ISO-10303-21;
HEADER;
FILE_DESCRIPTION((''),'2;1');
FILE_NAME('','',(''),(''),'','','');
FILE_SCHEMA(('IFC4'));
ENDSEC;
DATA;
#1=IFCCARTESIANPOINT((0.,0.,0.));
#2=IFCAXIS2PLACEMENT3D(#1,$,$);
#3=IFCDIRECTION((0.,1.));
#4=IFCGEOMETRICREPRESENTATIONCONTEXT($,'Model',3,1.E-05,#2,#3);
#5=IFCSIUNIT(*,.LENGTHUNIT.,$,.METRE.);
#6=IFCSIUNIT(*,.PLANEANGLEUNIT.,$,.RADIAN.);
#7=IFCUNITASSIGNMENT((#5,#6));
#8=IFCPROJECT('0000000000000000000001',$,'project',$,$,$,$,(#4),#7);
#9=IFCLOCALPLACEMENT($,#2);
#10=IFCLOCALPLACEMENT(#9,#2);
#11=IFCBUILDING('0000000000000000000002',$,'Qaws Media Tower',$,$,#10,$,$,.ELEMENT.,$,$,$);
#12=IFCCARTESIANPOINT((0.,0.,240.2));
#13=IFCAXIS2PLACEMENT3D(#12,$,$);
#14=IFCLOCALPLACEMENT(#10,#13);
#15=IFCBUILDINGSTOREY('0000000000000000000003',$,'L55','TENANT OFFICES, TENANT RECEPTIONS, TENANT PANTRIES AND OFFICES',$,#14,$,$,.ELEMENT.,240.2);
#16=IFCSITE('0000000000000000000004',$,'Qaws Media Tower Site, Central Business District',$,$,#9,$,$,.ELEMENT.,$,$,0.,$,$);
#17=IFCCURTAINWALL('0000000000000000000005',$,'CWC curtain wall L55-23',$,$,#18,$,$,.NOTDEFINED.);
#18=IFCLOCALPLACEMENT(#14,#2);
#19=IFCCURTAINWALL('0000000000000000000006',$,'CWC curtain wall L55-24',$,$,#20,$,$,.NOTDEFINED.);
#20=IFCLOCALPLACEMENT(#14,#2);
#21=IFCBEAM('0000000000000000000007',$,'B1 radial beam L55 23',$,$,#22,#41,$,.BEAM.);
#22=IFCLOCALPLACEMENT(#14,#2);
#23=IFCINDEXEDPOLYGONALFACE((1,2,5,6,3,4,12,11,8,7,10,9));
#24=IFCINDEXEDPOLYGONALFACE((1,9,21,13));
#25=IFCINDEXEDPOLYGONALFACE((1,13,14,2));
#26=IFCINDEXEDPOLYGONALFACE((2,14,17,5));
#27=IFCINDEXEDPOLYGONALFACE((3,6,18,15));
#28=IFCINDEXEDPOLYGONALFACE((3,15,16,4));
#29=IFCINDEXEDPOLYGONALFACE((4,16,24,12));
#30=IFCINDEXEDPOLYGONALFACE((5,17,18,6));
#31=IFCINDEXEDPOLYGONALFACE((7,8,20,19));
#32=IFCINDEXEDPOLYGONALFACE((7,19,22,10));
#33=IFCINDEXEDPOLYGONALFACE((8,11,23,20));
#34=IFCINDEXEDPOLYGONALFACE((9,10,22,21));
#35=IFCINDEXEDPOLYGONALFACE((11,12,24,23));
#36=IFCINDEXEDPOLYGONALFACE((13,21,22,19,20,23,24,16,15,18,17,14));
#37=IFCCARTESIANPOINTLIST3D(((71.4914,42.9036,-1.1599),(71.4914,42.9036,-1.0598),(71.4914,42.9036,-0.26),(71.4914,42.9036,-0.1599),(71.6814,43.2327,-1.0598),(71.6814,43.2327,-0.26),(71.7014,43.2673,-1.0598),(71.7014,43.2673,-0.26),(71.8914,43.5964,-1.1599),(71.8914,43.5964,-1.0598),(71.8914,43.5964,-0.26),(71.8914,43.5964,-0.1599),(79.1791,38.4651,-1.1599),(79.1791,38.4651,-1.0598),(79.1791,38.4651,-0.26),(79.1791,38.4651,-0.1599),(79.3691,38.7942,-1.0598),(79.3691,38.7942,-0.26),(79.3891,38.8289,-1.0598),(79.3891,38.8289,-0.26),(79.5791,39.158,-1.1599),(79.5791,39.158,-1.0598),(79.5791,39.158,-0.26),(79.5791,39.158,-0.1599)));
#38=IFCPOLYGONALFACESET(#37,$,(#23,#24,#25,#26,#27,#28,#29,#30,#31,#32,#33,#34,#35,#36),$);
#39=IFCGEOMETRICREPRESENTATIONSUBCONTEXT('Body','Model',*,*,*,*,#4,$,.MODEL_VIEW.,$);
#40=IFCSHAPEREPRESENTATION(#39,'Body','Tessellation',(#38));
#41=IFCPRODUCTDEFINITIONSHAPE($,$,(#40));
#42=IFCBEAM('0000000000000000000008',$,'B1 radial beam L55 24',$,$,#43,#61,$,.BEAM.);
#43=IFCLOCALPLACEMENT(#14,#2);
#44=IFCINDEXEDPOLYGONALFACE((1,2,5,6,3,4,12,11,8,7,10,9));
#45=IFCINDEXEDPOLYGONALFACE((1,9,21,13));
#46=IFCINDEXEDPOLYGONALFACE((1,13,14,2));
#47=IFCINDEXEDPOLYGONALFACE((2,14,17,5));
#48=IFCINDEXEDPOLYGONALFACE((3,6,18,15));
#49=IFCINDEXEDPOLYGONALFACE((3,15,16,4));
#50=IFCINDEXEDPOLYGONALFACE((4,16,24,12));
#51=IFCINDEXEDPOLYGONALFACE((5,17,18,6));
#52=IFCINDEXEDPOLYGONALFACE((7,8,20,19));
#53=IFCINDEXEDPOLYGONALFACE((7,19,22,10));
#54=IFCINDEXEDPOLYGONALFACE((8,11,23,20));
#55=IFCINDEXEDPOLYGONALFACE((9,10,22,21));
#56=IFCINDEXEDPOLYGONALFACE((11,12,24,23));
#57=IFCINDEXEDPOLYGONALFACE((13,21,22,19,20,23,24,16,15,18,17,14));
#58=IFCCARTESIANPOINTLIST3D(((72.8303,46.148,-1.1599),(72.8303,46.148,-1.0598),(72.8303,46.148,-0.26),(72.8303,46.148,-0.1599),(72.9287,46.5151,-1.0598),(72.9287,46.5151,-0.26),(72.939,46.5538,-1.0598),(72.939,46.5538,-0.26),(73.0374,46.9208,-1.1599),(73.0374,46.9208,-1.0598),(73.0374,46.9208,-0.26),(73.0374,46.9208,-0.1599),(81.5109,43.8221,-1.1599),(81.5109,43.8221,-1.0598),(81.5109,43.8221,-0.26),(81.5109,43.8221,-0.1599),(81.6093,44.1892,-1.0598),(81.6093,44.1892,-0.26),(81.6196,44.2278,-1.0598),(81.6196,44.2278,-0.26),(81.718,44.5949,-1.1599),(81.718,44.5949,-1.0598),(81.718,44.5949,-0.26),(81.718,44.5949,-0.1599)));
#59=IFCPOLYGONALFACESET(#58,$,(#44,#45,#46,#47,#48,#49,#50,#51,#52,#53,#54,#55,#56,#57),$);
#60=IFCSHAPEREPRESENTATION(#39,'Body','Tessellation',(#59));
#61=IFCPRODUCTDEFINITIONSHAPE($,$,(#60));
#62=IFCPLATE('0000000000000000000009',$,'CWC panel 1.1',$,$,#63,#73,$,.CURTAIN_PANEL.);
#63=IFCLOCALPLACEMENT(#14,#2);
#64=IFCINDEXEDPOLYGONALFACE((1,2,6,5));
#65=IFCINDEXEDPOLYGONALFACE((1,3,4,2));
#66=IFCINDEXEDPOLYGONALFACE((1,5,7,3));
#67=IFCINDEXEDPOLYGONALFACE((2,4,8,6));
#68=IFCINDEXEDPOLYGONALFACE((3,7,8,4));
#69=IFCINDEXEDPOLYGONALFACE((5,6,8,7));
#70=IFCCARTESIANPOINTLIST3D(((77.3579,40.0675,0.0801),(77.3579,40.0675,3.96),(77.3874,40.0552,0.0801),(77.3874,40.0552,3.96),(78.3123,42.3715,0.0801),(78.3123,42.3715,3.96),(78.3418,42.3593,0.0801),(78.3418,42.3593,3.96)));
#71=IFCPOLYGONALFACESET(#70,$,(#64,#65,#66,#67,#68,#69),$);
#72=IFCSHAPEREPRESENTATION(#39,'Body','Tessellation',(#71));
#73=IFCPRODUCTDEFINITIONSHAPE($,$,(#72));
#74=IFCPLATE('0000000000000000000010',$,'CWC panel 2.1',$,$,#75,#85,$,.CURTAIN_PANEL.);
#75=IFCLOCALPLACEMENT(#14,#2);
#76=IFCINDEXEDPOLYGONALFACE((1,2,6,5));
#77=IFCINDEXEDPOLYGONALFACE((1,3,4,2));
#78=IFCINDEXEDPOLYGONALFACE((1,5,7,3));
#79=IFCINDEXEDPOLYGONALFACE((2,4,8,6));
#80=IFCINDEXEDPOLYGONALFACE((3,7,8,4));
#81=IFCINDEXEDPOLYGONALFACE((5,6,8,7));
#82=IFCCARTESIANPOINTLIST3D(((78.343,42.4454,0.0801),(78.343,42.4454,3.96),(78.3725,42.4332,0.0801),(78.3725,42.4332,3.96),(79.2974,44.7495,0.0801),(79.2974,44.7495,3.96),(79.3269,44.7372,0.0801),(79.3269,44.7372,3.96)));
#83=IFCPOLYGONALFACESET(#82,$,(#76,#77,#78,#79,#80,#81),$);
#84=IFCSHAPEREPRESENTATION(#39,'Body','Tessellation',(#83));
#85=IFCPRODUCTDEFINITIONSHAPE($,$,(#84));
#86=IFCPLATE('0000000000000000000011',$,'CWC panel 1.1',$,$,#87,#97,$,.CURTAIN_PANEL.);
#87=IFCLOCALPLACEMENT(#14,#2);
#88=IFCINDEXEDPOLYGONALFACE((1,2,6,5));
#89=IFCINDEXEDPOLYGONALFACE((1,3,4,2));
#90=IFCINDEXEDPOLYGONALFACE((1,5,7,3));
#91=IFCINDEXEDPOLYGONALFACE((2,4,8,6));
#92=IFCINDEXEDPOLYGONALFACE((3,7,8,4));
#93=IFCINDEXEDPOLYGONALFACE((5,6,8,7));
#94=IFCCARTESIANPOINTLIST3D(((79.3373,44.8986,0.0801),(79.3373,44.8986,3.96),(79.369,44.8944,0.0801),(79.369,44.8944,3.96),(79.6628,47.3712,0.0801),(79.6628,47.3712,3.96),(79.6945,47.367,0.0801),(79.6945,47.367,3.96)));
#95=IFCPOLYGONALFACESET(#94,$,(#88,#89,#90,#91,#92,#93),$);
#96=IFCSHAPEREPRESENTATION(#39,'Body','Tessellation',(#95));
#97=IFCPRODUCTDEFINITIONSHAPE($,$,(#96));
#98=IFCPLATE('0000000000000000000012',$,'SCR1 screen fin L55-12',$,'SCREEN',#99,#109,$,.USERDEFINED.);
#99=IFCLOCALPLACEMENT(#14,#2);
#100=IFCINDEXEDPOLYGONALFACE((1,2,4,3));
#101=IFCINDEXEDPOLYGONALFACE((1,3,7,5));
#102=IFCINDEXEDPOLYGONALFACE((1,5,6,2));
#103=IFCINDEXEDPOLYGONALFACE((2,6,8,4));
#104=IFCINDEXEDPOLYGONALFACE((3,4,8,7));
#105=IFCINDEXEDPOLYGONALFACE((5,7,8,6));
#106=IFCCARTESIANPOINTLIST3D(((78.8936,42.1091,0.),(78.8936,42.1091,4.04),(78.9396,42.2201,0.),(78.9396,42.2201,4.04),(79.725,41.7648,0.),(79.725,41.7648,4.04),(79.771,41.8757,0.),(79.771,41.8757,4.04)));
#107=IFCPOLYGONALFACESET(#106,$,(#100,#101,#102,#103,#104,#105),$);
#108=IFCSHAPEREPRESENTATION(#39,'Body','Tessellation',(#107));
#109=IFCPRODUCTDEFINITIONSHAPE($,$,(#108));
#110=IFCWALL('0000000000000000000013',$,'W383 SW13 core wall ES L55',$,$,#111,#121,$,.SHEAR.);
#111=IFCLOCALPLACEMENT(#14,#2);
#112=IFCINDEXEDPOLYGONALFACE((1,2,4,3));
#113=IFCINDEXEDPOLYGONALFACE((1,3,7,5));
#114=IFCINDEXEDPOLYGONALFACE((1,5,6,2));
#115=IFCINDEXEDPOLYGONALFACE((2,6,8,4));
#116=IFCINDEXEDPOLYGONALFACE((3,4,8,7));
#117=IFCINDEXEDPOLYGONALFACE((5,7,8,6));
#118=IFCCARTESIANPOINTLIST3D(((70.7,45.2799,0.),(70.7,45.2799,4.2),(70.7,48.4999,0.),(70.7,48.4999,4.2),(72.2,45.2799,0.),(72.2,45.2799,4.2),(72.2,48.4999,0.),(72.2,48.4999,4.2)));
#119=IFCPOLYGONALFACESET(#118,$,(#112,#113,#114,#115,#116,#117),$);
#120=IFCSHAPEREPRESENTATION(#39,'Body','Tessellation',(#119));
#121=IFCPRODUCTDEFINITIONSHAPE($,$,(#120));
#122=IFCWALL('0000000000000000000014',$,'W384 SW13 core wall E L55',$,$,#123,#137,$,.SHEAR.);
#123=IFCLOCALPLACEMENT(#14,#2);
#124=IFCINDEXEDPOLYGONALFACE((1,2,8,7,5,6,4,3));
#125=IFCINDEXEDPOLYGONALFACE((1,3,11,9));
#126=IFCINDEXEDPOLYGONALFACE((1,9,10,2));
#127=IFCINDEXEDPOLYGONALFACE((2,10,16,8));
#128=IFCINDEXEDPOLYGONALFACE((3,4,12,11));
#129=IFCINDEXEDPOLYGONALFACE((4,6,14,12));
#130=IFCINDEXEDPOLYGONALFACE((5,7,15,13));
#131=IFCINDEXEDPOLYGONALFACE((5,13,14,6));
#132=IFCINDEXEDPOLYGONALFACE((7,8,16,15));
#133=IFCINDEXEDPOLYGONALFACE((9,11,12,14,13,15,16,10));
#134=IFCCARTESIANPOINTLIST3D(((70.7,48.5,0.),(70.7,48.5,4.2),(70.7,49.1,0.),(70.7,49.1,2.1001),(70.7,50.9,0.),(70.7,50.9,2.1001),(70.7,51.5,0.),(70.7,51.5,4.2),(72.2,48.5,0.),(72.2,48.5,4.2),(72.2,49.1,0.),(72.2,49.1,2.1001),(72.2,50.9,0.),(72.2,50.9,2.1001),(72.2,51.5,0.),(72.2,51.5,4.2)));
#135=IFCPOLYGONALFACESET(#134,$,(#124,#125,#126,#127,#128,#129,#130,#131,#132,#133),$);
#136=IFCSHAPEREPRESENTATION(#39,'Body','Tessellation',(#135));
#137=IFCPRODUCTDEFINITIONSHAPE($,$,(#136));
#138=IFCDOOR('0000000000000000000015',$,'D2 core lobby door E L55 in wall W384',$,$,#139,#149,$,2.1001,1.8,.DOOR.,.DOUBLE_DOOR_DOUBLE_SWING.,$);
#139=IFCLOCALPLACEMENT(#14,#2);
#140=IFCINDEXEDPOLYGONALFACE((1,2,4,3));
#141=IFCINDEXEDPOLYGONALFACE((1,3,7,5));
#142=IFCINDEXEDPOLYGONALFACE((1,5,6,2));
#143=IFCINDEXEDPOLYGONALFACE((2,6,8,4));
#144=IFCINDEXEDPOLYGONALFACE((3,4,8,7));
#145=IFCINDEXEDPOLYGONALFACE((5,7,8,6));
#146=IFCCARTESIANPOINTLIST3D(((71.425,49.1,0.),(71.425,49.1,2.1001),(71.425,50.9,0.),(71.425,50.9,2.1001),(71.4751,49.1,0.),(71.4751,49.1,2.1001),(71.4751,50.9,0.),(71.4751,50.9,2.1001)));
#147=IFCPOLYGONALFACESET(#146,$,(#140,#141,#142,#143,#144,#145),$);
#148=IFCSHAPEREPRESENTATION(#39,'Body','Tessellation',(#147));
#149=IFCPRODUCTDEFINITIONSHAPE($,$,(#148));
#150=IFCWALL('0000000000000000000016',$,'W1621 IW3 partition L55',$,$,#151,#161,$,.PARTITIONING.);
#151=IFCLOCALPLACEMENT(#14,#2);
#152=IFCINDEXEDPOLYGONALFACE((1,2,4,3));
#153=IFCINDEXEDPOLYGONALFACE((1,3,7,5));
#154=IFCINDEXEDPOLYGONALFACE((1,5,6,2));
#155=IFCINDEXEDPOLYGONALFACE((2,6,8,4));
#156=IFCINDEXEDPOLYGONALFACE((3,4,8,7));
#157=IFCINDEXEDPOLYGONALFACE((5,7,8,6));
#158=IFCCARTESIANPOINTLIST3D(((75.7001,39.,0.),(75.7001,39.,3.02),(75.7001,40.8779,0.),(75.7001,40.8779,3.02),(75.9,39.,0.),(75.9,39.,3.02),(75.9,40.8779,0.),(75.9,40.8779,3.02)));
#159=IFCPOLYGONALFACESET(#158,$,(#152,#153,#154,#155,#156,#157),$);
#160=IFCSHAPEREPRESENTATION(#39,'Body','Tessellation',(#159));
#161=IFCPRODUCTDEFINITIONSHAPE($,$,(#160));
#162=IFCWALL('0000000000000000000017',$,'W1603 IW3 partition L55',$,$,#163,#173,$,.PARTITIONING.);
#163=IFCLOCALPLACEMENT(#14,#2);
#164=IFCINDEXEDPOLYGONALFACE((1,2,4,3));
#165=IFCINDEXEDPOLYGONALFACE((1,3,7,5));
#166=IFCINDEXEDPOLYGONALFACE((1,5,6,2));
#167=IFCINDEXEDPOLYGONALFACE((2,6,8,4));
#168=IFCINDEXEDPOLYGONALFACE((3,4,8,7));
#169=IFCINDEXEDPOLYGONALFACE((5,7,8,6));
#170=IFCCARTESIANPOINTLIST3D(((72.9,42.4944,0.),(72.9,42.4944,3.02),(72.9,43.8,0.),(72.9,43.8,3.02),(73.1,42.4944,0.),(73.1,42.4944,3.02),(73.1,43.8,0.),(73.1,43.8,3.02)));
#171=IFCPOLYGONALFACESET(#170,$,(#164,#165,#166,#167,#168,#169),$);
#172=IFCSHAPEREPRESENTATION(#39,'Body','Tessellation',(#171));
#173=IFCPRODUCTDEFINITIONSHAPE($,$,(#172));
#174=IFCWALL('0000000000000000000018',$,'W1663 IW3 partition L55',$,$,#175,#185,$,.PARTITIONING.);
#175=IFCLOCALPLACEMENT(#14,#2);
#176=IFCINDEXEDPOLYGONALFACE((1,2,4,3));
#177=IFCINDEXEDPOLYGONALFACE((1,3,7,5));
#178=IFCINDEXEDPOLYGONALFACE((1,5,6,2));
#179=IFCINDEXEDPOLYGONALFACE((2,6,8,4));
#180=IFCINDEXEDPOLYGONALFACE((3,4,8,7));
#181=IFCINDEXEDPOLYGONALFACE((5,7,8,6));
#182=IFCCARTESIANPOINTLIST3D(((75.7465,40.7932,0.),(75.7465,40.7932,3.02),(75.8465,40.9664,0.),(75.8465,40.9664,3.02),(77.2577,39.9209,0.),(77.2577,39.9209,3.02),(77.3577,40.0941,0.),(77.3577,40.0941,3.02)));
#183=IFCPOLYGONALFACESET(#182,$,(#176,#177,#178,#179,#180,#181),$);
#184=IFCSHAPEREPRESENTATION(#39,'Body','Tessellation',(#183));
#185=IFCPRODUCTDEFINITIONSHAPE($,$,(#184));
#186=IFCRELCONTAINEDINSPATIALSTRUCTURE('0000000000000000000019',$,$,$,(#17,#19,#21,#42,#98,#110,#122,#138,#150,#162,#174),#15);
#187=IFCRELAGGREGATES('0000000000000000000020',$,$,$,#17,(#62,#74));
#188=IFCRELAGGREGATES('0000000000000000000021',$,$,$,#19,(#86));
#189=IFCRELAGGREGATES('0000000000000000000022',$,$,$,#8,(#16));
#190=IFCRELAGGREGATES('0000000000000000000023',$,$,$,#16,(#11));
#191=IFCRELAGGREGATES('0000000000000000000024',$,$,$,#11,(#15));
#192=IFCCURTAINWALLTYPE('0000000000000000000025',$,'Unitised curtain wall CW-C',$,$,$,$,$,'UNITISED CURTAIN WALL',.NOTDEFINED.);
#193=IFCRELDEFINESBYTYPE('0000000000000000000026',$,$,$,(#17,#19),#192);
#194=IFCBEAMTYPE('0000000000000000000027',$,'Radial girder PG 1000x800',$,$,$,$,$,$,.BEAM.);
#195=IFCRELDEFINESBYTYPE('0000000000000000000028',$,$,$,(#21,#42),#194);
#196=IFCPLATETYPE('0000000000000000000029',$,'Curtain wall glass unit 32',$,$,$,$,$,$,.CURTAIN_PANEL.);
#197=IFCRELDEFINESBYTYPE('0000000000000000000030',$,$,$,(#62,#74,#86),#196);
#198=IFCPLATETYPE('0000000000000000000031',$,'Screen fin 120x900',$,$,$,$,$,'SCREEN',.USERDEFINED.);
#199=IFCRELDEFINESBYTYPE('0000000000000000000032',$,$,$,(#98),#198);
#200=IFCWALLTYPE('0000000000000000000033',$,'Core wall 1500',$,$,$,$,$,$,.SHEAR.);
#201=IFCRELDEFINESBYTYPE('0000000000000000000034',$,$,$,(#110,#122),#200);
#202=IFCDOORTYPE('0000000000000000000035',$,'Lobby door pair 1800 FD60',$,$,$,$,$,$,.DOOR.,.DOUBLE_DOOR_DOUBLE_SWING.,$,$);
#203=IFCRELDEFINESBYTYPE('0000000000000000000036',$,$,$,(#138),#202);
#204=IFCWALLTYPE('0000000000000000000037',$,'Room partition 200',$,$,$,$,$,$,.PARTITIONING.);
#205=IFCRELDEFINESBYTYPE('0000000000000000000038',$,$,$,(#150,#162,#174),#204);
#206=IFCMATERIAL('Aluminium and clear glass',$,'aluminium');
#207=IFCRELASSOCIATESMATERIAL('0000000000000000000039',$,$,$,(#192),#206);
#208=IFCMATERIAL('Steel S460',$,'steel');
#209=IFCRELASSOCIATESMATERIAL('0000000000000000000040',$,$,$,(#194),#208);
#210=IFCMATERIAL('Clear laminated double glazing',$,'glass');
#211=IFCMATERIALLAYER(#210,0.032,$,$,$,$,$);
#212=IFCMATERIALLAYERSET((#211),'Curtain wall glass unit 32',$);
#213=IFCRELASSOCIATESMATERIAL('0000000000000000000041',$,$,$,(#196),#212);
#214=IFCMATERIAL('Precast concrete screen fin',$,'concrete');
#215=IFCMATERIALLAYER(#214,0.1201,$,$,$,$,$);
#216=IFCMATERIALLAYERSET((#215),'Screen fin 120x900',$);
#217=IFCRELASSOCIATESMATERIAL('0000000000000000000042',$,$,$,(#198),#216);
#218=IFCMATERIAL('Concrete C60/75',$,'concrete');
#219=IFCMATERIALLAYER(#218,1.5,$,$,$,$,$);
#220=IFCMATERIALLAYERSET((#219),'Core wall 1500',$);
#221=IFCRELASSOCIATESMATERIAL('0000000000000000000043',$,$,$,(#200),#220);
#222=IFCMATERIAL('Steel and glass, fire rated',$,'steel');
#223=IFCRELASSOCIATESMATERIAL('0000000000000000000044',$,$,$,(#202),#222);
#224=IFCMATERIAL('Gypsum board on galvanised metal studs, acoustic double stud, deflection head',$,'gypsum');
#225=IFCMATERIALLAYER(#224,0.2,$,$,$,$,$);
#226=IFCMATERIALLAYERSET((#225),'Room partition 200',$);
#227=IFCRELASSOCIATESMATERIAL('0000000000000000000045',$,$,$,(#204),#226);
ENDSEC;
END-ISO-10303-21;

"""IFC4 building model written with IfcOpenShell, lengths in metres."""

from ifc_helpers import new_model, si_unit, direction, frame, frame_2d, origin, origin_2d, place, context, subcontext, project, spatial, rectangle, i_section, extrude, material, layer, layer_set, material_profile, profile_set, type_object, element, fill, aggregate, save


model = new_model("IFC4")

# Units and contexts
model_context = context("Model", 3, precision=1e-05, world=origin(), true_north=direction((0.0, 1.0)))
body_context = subcontext(model_context, "Body", "Model", "MODEL_VIEW")
ifc_project = project(units=[si_unit("LENGTHUNIT", "METRE"), si_unit("PLANEANGLEUNIT", "RADIAN")], contexts=[model_context])

# Site, building, storey
site_placement = place(None, origin())
site = spatial("IfcSite", under=ifc_project, at=site_placement, Name="Qaws Media Tower Site, Central Business District", CompositionType="ELEMENT", RefElevation=0.0)
building_placement = place(site_placement, origin())
building = spatial("IfcBuilding", under=site, at=building_placement, Name="Qaws Media Tower", CompositionType="ELEMENT")
storey_placement = place(building_placement, frame((0.0, 0.0, 240.2)))
storey = spatial("IfcBuildingStorey", under=building, at=storey_placement, Name="L55", Description="TENANT OFFICES, TENANT RECEPTIONS, TENANT PANTRIES AND OFFICES", CompositionType="ELEMENT", Elevation=240.2)

# Curtain walls
ifc_material_1 = material(Name="Aluminium and clear glass", Category="aluminium")
curtain_wall_type = type_object("IfcCurtainWallType", Name="Unitised curtain wall CW-C", ElementType="UNITISED CURTAIN WALL", PredefinedType="NOTDEFINED", material=ifc_material_1)
curtain_wall_1_placement = place(storey_placement, origin())
curtain_wall_1 = element("IfcCurtainWall", 1, at=curtain_wall_1_placement, inside=storey, type_object=curtain_wall_type, Name="CWC curtain wall L55-23", PredefinedType="NOTDEFINED")
curtain_wall_2_placement = place(storey_placement, origin())
curtain_wall_2 = element("IfcCurtainWall", 2, at=curtain_wall_2_placement, inside=storey, type_object=curtain_wall_type, Name="CWC curtain wall L55-24", PredefinedType="NOTDEFINED")

# Beams
ifc_material_2 = material(Name="Steel S460", Category="steel")
ifc_material_profile_1 = material_profile(ifc_material_2, i_section(OverallWidth=0.8, OverallDepth=1.0, WebThickness=0.04, FlangeThickness=0.1001, at=origin_2d()), Name="PG 1000x800")
ifc_profile_set_1 = profile_set([ifc_material_profile_1], Name="Steel S460")
beam_type_1 = type_object("IfcBeamType", Name="Radial girder PG 1000x800", PredefinedType="BEAM", material=ifc_profile_set_1)
beam_1_placement = place(storey_placement, frame((71.6914, 43.25, -0.6599), z_axis=(0.866028, -0.499996, 0.0), x_axis=(0.499996, 0.866028, 0.0)))
element("IfcBeam", 3, at=beam_1_placement, inside=storey, type_object=beam_type_1, Name="B1 radial beam L55 23", PredefinedType="BEAM", context=body_context, shape_type="SweptSolid", body=[
    extrude(i_section(OverallWidth=0.8, OverallDepth=1.0, WebThickness=0.04, FlangeThickness=0.1001, at=origin_2d()), origin(), (0.0, 0.0, 1.0), 8.877),
])
beam_2_placement = place(storey_placement, frame((72.9338, 46.5344, -0.6599), z_axis=(0.965927, -0.258814, 0.0), x_axis=(0.258814, 0.965927, 0.0)))
element("IfcBeam", 4, at=beam_2_placement, inside=storey, type_object=beam_type_1, Name="B1 radial beam L55 24", PredefinedType="BEAM", context=body_context, shape_type="SweptSolid", body=[
    extrude(i_section(OverallWidth=0.8, OverallDepth=1.0, WebThickness=0.04, FlangeThickness=0.1001, at=origin_2d()), origin(), (0.0, 0.0, 1.0), 8.9868),
])

# Plates
ifc_material_3 = material(Name="Clear laminated double glazing", Category="glass")
ifc_layer_1 = layer(ifc_material_3, 0.032)
ifc_layer_set_1 = layer_set([ifc_layer_1], Name="Curtain wall glass unit 32")
plate_type_1 = type_object("IfcPlateType", Name="Curtain wall glass unit 32", PredefinedType="CURTAIN_PANEL", material=ifc_layer_set_1)
plate_1_placement = place(storey_placement, frame((77.8499, 41.2134, 0.0801), z_axis=(0.0, 0.0, 1.0), x_axis=(0.382683, 0.92388, 0.0)))
plate_1 = element("IfcPlate", 5, at=plate_1_placement, type_object=plate_type_1, Name="CWC panel 1.1", PredefinedType="CURTAIN_PANEL", context=body_context, shape_type="SweptSolid", body=[
    extrude(rectangle(XDim=2.4939, YDim=0.032, at=origin_2d()), origin(), (0.0, 0.0, 1.0), 3.8799),
])
plate_2_placement = place(storey_placement, frame((78.835, 43.5913, 0.0801), z_axis=(0.0, 0.0, 1.0), x_axis=(0.382683, 0.92388, 0.0)))
plate_2 = element("IfcPlate", 6, at=plate_2_placement, type_object=plate_type_1, Name="CWC panel 2.1", PredefinedType="CURTAIN_PANEL", context=body_context, shape_type="SweptSolid", body=[
    extrude(rectangle(XDim=2.4939, YDim=0.032, at=origin_2d()), origin(), (0.0, 0.0, 1.0), 3.8799),
])
aggregate(curtain_wall_1, [plate_1, plate_2])
plate_3_placement = place(storey_placement, frame((79.5159, 46.1328, 0.0801), z_axis=(0.0, 0.0, 1.0), x_axis=(0.130526, 0.991445, 0.0)))
plate_3 = element("IfcPlate", 7, at=plate_3_placement, type_object=plate_type_1, Name="CWC panel 1.1", PredefinedType="CURTAIN_PANEL", context=body_context, shape_type="SweptSolid", body=[
    extrude(rectangle(XDim=2.4939, YDim=0.032, at=origin_2d()), origin(), (0.0, 0.0, 1.0), 3.8799),
])
aggregate(curtain_wall_2, [plate_3])
ifc_material_4 = material(Name="Precast concrete screen fin", Category="concrete")
ifc_layer_2 = layer(ifc_material_4, 0.1201)
ifc_layer_set_2 = layer_set([ifc_layer_2], Name="Screen fin 120x900")
plate_type_2 = type_object("IfcPlateType", Name="Screen fin 120x900", ElementType="SCREEN", PredefinedType="USERDEFINED", material=ifc_layer_set_2)
plate_4_placement = place(storey_placement, frame((79.3323, 41.9924, 0.0), z_axis=(0.0, 0.0, 1.0), x_axis=(0.92388, -0.382683, 0.0)))
element("IfcPlate", 8, at=plate_4_placement, inside=storey, type_object=plate_type_2, Name="SCR1 screen fin L55-12", ObjectType="SCREEN", PredefinedType="USERDEFINED", context=body_context, shape_type="SweptSolid", body=[
    extrude(rectangle(XDim=0.8999, YDim=0.1201, at=origin_2d()), origin(), (0.0, 0.0, 1.0), 4.04),
])

# Wall
ifc_material_5 = material(Name="Concrete C60/75", Category="concrete")
ifc_layer_3 = layer(ifc_material_5, 1.5)
ifc_layer_set_3 = layer_set([ifc_layer_3], Name="Core wall 1500")
wall_type_1 = type_object("IfcWallType", Name="Core wall 1500", PredefinedType="SHEAR", material=ifc_layer_set_3)
wall_1_placement = place(storey_placement, frame((71.45, 45.28, 0.0), z_axis=(0.0, 0.0, 1.0), x_axis=(0.0, 1.0, 0.0)))
element("IfcWall", 9, at=wall_1_placement, inside=storey, type_object=wall_type_1, Name="W383 SW13 core wall ES L55", PredefinedType="SHEAR", context=body_context, shape_type="SweptSolid", body=[
    extrude(rectangle(XDim=3.22, YDim=1.5, at=frame_2d((1.6099, 0.0))), origin(), (0.0, 0.0, 1.0), 4.2),
])

# Wall, opening, door
wall_2_placement = place(storey_placement, frame((71.45, 48.5, 0.0), z_axis=(0.0, 0.0, 1.0), x_axis=(0.0, 1.0, 0.0)))
wall_2 = element("IfcWall", 10, at=wall_2_placement, inside=storey, type_object=wall_type_1, Name="W384 SW13 core wall E L55", PredefinedType="SHEAR", context=body_context, shape_type="SweptSolid", body=[
    extrude(rectangle(XDim=3.0, YDim=1.5, at=frame_2d((1.5, 0.0))), origin(), (0.0, 0.0, 1.0), 4.2),
])
opening_1_placement = place(wall_2_placement, frame((0.6001, 0.0, 0.0)))
opening_1 = element("IfcOpeningElement", 11, at=opening_1_placement, cuts=wall_2, PredefinedType="OPENING", context=body_context, shape_type="SweptSolid", body=[
    extrude(rectangle(XDim=1.8, YDim=2.1001, at=frame_2d((0.8999, 1.05))), frame((0.0, 0.76, 0.0), z_axis=(0.0, -1.0, 0.0), x_axis=(1.0, 0.0, 0.0)), (0.0, 0.0, 1.0), 1.52),
])
ifc_material_6 = material(Name="Steel and glass, fire rated", Category="steel")
door_type_1 = type_object("IfcDoorType", Name="Lobby door pair 1800 FD60", OperationType="DOUBLE_DOOR_DOUBLE_SWING", PredefinedType="DOOR", material=ifc_material_6)
door_1_placement = place(opening_1_placement, origin())
door_1 = element("IfcDoor", 12, at=door_1_placement, inside=storey, type_object=door_type_1, Name="D2 core lobby door E L55 in wall W384", OperationType="DOUBLE_DOOR_DOUBLE_SWING", OverallHeight=2.1001, OverallWidth=1.8, PredefinedType="DOOR", context=body_context, shape_type="SweptSolid", body=[
    extrude(rectangle(XDim=1.8, YDim=2.1001, at=frame_2d((0.8999, 1.05))), frame((0.0, 0.0249, 0.0), z_axis=(0.0, -1.0, 0.0), x_axis=(1.0, 0.0, 0.0)), (0.0, 0.0, 1.0), 0.05),
])
fill(opening_1, door_1)
ifc_material_7 = material(Name="Gypsum board on galvanised metal studs, acoustic double stud, deflection head", Category="gypsum")
ifc_layer_4 = layer(ifc_material_7, 0.2)
ifc_layer_set_4 = layer_set([ifc_layer_4], Name="Room partition 200")
wall_type_2 = type_object("IfcWallType", Name="Room partition 200", PredefinedType="PARTITIONING", material=ifc_layer_set_4)

# Walls
wall_3_placement = place(storey_placement, frame((75.8, 40.8779, 0.0), z_axis=(0.0, 0.0, 1.0), x_axis=(0.0, -1.0, 0.0)))
element("IfcWall", 13, at=wall_3_placement, inside=storey, type_object=wall_type_2, Name="W1621 IW3 partition L55", PredefinedType="PARTITIONING", context=body_context, shape_type="SweptSolid", body=[
    extrude(rectangle(XDim=1.8779, YDim=0.2, at=frame_2d((0.939, 0.0))), origin(), (0.0, 0.0, 1.0), 3.02),
])
wall_4_placement = place(storey_placement, frame((73.0, 42.4944, 0.0), z_axis=(0.0, 0.0, 1.0), x_axis=(0.0, 1.0, 0.0)))
element("IfcWall", 14, at=wall_4_placement, inside=storey, type_object=wall_type_2, Name="W1603 IW3 partition L55", PredefinedType="PARTITIONING", context=body_context, shape_type="SweptSolid", body=[
    extrude(rectangle(XDim=1.3057, YDim=0.2, at=frame_2d((0.6528, 0.0))), origin(), (0.0, 0.0, 1.0), 3.02),
])
wall_5_placement = place(storey_placement, frame((75.7964, 40.8799, 0.0), z_axis=(0.0, 0.0, 1.0), x_axis=(0.866074, -0.499916, 0.0)))
element("IfcWall", 15, at=wall_5_placement, inside=storey, type_object=wall_type_2, Name="W1663 IW3 partition L55", PredefinedType="PARTITIONING", context=body_context, shape_type="SweptSolid", body=[
    extrude(rectangle(XDim=1.7449, YDim=0.2, at=frame_2d((0.8726, 0.0))), origin(), (0.0, 0.0, 1.0), 3.02),
])

save(model, "model.ifc")
